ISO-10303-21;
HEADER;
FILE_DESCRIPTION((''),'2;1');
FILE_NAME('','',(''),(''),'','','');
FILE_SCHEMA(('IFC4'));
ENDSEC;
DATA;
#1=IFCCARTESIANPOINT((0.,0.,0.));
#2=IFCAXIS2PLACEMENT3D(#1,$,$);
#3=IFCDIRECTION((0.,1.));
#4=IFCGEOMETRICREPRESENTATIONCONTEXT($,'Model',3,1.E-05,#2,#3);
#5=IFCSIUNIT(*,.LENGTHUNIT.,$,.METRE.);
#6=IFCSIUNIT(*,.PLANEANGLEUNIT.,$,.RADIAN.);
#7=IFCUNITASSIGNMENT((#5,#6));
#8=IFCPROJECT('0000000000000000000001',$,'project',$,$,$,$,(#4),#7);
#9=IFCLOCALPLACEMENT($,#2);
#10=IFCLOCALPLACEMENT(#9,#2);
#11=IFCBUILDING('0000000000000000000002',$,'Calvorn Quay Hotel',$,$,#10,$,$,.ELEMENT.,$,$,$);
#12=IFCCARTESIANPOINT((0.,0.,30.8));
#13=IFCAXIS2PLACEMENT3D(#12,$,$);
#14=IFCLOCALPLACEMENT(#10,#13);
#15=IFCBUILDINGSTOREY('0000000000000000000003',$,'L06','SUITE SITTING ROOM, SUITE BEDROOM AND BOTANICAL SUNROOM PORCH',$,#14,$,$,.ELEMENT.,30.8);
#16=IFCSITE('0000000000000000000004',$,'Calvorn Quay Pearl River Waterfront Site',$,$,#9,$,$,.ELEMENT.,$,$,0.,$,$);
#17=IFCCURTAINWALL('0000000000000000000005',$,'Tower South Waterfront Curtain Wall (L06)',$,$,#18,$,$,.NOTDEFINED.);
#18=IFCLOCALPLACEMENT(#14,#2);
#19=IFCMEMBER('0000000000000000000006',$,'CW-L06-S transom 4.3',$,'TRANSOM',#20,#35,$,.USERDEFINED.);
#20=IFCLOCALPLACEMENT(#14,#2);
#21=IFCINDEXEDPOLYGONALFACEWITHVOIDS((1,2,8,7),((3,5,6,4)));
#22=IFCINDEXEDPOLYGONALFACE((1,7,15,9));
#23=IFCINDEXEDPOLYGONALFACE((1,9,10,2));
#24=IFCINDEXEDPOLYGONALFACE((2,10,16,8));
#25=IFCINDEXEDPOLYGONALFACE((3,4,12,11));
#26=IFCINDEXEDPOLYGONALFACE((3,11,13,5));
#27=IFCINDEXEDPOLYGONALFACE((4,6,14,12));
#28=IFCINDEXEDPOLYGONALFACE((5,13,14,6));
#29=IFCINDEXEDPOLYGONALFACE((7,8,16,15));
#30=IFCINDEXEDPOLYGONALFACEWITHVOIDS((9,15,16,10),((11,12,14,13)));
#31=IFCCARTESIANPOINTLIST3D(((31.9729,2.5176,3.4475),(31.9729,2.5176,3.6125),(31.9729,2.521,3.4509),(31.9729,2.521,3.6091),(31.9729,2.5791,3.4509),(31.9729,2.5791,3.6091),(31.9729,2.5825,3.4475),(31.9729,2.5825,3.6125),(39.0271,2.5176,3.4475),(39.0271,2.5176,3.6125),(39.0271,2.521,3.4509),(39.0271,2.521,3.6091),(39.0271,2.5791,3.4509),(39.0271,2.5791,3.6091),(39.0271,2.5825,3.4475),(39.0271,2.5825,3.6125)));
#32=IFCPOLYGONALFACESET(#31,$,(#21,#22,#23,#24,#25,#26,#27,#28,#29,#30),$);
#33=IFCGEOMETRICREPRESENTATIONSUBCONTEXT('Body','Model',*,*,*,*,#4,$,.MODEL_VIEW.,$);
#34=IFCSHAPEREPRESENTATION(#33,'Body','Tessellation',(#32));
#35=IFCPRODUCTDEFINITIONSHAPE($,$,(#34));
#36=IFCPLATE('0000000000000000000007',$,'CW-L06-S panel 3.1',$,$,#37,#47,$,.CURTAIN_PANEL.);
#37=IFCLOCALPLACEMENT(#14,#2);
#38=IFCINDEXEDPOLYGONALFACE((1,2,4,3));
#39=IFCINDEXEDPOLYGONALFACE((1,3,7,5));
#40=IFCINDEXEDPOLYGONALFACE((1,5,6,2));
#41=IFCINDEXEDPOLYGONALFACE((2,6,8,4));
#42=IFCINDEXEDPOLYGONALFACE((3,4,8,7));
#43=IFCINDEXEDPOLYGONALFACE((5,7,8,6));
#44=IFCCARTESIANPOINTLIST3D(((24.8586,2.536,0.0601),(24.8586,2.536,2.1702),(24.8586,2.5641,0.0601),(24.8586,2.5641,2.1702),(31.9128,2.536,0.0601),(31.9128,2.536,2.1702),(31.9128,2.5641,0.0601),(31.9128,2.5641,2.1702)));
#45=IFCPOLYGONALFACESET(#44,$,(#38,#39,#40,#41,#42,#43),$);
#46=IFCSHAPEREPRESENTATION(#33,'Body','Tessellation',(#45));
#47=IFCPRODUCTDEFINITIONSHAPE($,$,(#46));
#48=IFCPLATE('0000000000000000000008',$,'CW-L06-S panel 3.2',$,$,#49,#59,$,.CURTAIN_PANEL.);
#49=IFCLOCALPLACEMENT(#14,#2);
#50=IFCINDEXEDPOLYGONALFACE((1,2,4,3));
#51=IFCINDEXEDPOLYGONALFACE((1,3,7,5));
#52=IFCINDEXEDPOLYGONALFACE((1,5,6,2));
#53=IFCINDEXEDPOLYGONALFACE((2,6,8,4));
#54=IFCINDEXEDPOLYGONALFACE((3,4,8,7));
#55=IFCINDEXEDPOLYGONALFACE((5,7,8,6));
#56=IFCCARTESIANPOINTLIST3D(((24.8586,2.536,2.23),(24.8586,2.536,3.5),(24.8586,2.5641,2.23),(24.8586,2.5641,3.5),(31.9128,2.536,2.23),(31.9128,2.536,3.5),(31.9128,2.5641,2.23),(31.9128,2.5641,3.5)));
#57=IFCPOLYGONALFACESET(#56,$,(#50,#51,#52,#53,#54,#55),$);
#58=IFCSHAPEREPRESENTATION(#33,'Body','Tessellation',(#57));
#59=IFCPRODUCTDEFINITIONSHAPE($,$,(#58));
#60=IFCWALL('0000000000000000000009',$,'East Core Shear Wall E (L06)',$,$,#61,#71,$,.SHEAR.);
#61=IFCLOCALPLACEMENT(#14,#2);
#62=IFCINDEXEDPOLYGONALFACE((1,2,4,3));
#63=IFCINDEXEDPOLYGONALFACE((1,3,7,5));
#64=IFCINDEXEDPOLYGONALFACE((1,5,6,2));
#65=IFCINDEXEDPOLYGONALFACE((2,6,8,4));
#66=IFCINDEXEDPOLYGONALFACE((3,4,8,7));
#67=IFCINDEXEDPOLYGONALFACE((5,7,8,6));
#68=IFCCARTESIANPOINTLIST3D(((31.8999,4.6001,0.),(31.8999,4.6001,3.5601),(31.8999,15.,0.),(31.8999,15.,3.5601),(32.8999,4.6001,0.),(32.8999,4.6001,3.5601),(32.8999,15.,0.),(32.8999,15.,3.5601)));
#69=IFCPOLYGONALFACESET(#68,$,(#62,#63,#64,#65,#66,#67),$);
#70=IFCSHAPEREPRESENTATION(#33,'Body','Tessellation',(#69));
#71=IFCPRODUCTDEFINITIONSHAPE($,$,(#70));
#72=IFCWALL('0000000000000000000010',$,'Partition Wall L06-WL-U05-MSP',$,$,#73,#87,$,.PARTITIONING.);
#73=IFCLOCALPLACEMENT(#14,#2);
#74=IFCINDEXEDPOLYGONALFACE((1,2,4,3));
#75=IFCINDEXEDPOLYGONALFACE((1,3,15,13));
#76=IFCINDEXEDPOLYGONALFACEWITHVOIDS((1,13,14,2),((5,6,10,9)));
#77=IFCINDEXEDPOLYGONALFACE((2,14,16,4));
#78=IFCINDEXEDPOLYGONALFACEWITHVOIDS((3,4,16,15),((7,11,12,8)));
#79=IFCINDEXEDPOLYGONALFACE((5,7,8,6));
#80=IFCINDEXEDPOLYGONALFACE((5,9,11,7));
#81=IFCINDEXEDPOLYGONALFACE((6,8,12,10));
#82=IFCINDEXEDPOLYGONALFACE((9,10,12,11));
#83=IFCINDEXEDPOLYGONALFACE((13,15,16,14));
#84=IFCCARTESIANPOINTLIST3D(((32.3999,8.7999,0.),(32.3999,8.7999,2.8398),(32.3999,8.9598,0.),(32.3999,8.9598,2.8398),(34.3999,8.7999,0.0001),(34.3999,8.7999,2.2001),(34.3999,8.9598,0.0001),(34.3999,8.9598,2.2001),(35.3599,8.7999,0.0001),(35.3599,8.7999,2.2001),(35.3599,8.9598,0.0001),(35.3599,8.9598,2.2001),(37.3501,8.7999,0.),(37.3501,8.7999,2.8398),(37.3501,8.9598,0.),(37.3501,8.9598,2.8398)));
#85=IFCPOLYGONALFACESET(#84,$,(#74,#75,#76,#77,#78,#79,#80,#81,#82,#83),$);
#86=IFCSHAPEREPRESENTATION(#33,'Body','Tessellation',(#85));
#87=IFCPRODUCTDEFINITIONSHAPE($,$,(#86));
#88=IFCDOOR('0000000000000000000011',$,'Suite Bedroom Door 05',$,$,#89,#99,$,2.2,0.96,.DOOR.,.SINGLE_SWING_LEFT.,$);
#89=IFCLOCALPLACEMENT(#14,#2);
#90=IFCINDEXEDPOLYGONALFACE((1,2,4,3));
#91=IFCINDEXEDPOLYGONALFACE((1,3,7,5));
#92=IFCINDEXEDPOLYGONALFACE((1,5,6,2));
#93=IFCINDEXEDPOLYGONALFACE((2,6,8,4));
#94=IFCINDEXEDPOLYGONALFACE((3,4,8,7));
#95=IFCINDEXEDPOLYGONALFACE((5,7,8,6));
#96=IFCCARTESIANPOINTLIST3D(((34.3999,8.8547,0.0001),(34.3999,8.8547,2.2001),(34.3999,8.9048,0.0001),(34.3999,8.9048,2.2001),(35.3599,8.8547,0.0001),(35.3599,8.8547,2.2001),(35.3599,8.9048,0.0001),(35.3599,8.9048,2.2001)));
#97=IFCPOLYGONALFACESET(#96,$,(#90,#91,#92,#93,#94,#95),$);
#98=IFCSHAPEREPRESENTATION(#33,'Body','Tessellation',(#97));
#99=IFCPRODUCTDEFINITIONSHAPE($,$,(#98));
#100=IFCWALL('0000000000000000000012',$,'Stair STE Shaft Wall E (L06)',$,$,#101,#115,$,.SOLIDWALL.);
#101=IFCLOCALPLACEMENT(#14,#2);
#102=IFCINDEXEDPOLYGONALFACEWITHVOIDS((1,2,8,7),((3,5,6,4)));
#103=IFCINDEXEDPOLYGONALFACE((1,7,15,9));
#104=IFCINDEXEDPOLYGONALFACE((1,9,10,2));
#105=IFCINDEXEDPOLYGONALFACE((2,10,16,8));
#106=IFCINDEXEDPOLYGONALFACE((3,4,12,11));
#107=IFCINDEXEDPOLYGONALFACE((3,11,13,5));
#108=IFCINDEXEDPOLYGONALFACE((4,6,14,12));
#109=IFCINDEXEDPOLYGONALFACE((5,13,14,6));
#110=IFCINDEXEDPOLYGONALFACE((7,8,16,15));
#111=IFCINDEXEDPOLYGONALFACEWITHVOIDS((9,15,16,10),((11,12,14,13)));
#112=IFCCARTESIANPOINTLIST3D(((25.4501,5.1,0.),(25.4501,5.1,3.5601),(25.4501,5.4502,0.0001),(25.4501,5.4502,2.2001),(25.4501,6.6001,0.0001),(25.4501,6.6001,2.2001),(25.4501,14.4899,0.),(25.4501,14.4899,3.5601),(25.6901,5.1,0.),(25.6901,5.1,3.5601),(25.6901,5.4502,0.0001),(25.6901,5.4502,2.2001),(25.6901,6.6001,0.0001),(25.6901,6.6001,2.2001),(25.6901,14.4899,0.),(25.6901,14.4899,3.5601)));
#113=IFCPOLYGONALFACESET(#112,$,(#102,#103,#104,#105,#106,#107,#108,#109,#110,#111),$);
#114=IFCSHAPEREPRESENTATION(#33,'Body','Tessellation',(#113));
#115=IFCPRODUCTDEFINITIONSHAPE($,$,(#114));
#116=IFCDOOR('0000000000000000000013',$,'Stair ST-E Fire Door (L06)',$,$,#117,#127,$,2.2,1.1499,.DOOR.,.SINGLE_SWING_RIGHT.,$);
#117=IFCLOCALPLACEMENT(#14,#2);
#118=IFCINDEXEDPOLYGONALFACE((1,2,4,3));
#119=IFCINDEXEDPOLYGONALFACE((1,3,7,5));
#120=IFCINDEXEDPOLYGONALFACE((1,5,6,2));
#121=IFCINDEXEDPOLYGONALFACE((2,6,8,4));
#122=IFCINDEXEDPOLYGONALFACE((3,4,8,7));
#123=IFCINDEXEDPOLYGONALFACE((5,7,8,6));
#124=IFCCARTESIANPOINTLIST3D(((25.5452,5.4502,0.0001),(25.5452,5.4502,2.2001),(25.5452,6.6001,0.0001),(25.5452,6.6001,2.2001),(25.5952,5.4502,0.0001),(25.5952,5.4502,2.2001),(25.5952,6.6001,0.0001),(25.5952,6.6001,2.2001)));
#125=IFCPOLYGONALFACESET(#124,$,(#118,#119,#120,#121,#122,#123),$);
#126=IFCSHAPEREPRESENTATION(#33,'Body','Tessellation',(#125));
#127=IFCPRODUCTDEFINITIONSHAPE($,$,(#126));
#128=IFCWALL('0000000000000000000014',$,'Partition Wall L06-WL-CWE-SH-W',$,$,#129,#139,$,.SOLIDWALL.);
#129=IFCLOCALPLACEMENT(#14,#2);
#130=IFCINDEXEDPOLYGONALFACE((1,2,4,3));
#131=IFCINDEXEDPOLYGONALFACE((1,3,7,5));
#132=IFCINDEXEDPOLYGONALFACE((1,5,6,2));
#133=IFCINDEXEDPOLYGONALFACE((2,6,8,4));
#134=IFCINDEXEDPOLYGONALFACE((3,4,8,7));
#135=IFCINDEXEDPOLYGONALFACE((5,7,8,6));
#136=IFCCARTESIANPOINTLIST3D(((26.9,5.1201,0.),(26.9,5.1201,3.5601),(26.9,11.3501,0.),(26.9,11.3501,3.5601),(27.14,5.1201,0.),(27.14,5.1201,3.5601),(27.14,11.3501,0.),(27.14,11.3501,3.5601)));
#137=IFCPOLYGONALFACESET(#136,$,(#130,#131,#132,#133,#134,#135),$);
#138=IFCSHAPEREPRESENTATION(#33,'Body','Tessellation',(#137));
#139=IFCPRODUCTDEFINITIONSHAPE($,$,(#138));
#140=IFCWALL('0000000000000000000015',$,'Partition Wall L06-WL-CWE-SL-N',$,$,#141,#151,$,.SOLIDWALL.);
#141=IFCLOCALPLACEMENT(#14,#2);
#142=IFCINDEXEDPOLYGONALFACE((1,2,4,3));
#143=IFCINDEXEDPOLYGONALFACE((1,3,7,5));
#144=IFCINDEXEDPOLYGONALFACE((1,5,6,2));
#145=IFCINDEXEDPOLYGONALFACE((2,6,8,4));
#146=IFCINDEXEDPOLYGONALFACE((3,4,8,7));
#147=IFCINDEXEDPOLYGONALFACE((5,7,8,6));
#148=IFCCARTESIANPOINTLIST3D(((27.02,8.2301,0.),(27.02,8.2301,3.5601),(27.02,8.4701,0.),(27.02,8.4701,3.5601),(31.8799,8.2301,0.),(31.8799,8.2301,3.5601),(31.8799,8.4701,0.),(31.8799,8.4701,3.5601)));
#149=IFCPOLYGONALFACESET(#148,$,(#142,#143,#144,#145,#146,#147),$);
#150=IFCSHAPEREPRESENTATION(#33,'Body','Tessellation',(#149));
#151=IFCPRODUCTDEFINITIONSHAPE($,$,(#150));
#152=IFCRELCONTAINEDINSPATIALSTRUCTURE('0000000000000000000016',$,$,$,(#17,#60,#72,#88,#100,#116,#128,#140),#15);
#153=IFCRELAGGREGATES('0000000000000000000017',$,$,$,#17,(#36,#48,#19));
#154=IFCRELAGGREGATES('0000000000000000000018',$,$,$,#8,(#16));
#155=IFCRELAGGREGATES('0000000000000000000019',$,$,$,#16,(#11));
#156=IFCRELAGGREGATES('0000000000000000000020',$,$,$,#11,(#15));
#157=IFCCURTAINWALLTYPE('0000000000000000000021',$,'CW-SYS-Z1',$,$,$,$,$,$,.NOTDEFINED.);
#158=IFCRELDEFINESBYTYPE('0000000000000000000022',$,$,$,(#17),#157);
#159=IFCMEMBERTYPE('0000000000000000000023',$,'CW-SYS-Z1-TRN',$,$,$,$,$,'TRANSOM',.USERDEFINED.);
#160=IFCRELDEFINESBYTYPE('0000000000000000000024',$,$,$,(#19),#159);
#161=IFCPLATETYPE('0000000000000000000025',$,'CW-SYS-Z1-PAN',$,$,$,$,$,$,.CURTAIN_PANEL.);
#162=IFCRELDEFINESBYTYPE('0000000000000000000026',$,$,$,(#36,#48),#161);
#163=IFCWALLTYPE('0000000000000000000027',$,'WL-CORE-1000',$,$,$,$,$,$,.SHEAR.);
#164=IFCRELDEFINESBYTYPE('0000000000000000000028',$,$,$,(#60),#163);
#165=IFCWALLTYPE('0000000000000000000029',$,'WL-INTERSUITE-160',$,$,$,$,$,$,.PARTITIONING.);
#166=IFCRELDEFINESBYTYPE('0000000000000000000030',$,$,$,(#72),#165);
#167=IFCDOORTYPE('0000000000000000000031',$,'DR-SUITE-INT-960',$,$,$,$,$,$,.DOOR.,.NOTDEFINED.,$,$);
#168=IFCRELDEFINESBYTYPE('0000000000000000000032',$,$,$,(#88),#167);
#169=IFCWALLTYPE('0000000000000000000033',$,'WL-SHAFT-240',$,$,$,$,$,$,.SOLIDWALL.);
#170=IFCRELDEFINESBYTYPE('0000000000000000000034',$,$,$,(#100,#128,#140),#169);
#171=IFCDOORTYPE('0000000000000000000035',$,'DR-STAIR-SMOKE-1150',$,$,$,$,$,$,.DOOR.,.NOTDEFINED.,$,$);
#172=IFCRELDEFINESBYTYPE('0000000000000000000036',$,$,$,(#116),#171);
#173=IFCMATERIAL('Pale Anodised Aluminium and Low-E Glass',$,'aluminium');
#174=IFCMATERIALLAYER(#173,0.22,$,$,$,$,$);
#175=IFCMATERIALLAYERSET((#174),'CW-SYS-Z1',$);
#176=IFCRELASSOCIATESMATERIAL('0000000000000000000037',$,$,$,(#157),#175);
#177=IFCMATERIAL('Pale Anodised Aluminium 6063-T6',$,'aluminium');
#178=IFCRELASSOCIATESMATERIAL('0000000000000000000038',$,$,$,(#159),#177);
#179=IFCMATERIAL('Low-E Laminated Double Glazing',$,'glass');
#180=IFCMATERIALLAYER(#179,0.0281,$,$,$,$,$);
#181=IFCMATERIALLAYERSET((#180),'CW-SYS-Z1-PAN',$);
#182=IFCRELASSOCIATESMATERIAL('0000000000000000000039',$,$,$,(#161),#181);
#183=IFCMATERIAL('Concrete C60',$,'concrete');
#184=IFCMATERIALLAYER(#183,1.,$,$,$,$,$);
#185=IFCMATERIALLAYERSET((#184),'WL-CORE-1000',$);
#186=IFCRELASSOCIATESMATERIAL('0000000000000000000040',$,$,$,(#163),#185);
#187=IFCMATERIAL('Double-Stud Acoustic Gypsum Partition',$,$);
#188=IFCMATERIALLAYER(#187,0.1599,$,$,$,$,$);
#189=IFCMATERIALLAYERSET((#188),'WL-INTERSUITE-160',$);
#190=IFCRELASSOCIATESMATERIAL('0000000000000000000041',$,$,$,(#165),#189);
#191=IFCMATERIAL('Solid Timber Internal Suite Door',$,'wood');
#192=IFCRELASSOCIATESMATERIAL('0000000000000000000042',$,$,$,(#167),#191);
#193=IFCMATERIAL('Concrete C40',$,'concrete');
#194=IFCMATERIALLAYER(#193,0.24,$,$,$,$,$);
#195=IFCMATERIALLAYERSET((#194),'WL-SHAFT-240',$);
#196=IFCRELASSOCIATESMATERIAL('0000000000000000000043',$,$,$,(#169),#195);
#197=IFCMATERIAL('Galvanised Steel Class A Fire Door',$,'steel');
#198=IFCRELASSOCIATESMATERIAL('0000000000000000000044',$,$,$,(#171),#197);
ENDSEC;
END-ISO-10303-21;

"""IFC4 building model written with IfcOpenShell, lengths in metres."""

from ifc_helpers import new_model, si_unit, direction, frame, frame_2d, origin, origin_2d, place, context, subcontext, project, spatial, rectangle, hollow_rectangle, extrude, material, layer, layer_set, material_profile, profile_set, type_object, element, fill, aggregate, save


model = new_model("IFC4")

# Units and contexts
model_context = context("Model", 3, precision=1e-05, world=origin(), true_north=direction((0.0, 1.0)))
body_context = subcontext(model_context, "Body", "Model", "MODEL_VIEW")
ifc_project = project(units=[si_unit("LENGTHUNIT", "METRE"), si_unit("PLANEANGLEUNIT", "RADIAN")], contexts=[model_context])

# Site, building, storey
site_placement = place(None, origin())
site = spatial("IfcSite", under=ifc_project, at=site_placement, Name="Calvorn Quay Pearl River Waterfront Site", CompositionType="ELEMENT", RefElevation=0.0)
building_placement = place(site_placement, origin())
building = spatial("IfcBuilding", under=site, at=building_placement, Name="Calvorn Quay Hotel", CompositionType="ELEMENT")
storey_placement = place(building_placement, frame((0.0, 0.0, 30.8)))
storey = spatial("IfcBuildingStorey", under=building, at=storey_placement, Name="L06", Description="SUITE SITTING ROOM, SUITE BEDROOM AND BOTANICAL SUNROOM PORCH", CompositionType="ELEMENT", Elevation=30.8)

# Curtain wall, member, plates
ifc_material_1 = material(Name="Pale Anodised Aluminium and Low-E Glass", Category="aluminium")
ifc_layer_1 = layer(ifc_material_1, 0.22)
ifc_layer_set_1 = layer_set([ifc_layer_1], Name="CW-SYS-Z1")
curtain_wall_type = type_object("IfcCurtainWallType", Name="CW-SYS-Z1", PredefinedType="NOTDEFINED", material=ifc_layer_set_1)
curtain_wall_placement = place(storey_placement, origin())
curtain_wall = element("IfcCurtainWall", 1, at=curtain_wall_placement, inside=storey, type_object=curtain_wall_type, Name="Tower South Waterfront Curtain Wall (L06)", PredefinedType="NOTDEFINED")
ifc_material_2 = material(Name="Pale Anodised Aluminium 6063-T6", Category="aluminium")
ifc_material_profile_1 = material_profile(ifc_material_2, hollow_rectangle(XDim=0.0649, YDim=0.165, WallThickness=0.0034, at=origin_2d()), Name="ALU-T165x65x3.5")
ifc_profile_set_1 = profile_set([ifc_material_profile_1], Name="Pale Anodised Aluminium 6063-T6")
member_type_1 = type_object("IfcMemberType", Name="CW-SYS-Z1-TRN", ElementType="TRANSOM", PredefinedType="USERDEFINED", material=ifc_profile_set_1)
member_1_placement = place(storey_placement, frame((31.9729, 2.55, 3.53), z_axis=(1.0, 0.0, 0.0), x_axis=(0.0, 1.0, 0.0)))
member_1 = element("IfcMember", 2, at=member_1_placement, type_object=member_type_1, Name="CW-L06-S transom 4.3", ObjectType="TRANSOM", PredefinedType="USERDEFINED", context=body_context, shape_type="SweptSolid", body=[
    extrude(hollow_rectangle(XDim=0.0649, YDim=0.165, WallThickness=0.0034, at=origin_2d()), origin(), (0.0, 0.0, 1.0), 7.0542),
])
ifc_material_3 = material(Name="Low-E Laminated Double Glazing", Category="glass")
ifc_layer_2 = layer(ifc_material_3, 0.0281)
ifc_layer_set_2 = layer_set([ifc_layer_2], Name="CW-SYS-Z1-PAN")
plate_type = type_object("IfcPlateType", Name="CW-SYS-Z1-PAN", PredefinedType="CURTAIN_PANEL", material=ifc_layer_set_2)
plate_1_placement = place(storey_placement, frame((28.3857, 2.55, 0.0601), z_axis=(0.0, 0.0, 1.0), x_axis=(1.0, 0.0, 0.0)))
plate_1 = element("IfcPlate", 3, at=plate_1_placement, type_object=plate_type, Name="CW-L06-S panel 3.1", PredefinedType="CURTAIN_PANEL", context=body_context, shape_type="SweptSolid", body=[
    extrude(rectangle(XDim=7.0542, YDim=0.0281, at=origin_2d()), origin(), (0.0, 0.0, 1.0), 2.1101),
])
plate_2_placement = place(storey_placement, frame((28.3857, 2.55, 2.23), z_axis=(0.0, 0.0, 1.0), x_axis=(1.0, 0.0, 0.0)))
plate_2 = element("IfcPlate", 4, at=plate_2_placement, type_object=plate_type, Name="CW-L06-S panel 3.2", PredefinedType="CURTAIN_PANEL", context=body_context, shape_type="SweptSolid", body=[
    extrude(rectangle(XDim=7.0542, YDim=0.0281, at=origin_2d()), origin(), (0.0, 0.0, 1.0), 1.27),
])
aggregate(curtain_wall, [plate_1, plate_2, member_1])

# Wall
ifc_material_4 = material(Name="Concrete C60", Category="concrete")
ifc_layer_3 = layer(ifc_material_4, 1.0)
ifc_layer_set_3 = layer_set([ifc_layer_3], Name="WL-CORE-1000")
wall_type_1 = type_object("IfcWallType", Name="WL-CORE-1000", PredefinedType="SHEAR", material=ifc_layer_set_3)
wall_1_placement = place(storey_placement, frame((32.3999, 4.6001, 0.0), z_axis=(0.0, 0.0, 1.0), x_axis=(0.0, 1.0, 0.0)))
element("IfcWall", 5, at=wall_1_placement, inside=storey, type_object=wall_type_1, Name="East Core Shear Wall E (L06)", PredefinedType="SHEAR", context=body_context, shape_type="SweptSolid", body=[
    extrude(rectangle(XDim=10.3999, YDim=1.0, at=frame_2d((5.2, 0.0))), origin(), (0.0, 0.0, 1.0), 3.5601),
])

# Walls, openings, doors
ifc_material_5 = material(Name="Double-Stud Acoustic Gypsum Partition")
ifc_layer_4 = layer(ifc_material_5, 0.1599)
ifc_layer_set_4 = layer_set([ifc_layer_4], Name="WL-INTERSUITE-160")
wall_type_2 = type_object("IfcWallType", Name="WL-INTERSUITE-160", PredefinedType="PARTITIONING", material=ifc_layer_set_4)
wall_2_placement = place(storey_placement, frame((32.3999, 8.8799, 0.0), z_axis=(0.0, 0.0, 1.0), x_axis=(1.0, 0.0, 0.0)))
wall_2 = element("IfcWall", 6, at=wall_2_placement, inside=storey, type_object=wall_type_2, Name="Partition Wall L06-WL-U05-MSP", PredefinedType="PARTITIONING", context=body_context, shape_type="SweptSolid", body=[
    extrude(rectangle(XDim=4.9502, YDim=0.1599, at=frame_2d((2.4751, 0.0))), origin(), (0.0, 0.0, 1.0), 2.8398),
])
opening_1_placement = place(wall_2_placement, frame((2.0, 0.0, 0.0)))
opening_1 = element("IfcOpeningElement", 7, at=opening_1_placement, cuts=wall_2, PredefinedType="OPENING", context=body_context, shape_type="SweptSolid", body=[
    extrude(rectangle(XDim=0.96, YDim=2.2, at=frame_2d((0.48, 1.1001))), frame((0.0, 0.0898, 0.0), z_axis=(0.0, -1.0, 0.0), x_axis=(1.0, 0.0, 0.0)), (0.0, 0.0, 1.0), 0.1799),
])
ifc_material_6 = material(Name="Solid Timber Internal Suite Door", Category="wood")
door_type_1 = type_object("IfcDoorType", Name="DR-SUITE-INT-960", OperationType="NOTDEFINED", PredefinedType="DOOR", material=ifc_material_6)
door_1_placement = place(opening_1_placement, origin())
door_1 = element("IfcDoor", 8, at=door_1_placement, inside=storey, type_object=door_type_1, Name="Suite Bedroom Door 05", OperationType="SINGLE_SWING_LEFT", OverallHeight=2.2, OverallWidth=0.96, PredefinedType="DOOR", context=body_context, shape_type="SweptSolid", body=[
    extrude(rectangle(XDim=0.96, YDim=2.2, at=frame_2d((0.48, 1.1001))), frame((0.0, 0.0249, 0.0), z_axis=(0.0, -1.0, 0.0), x_axis=(1.0, 0.0, 0.0)), (0.0, 0.0, 1.0), 0.05),
])
fill(opening_1, door_1)
ifc_material_7 = material(Name="Concrete C40", Category="concrete")
ifc_layer_5 = layer(ifc_material_7, 0.24)
ifc_layer_set_5 = layer_set([ifc_layer_5], Name="WL-SHAFT-240")
wall_type_3 = type_object("IfcWallType", Name="WL-SHAFT-240", PredefinedType="SOLIDWALL", material=ifc_layer_set_5)
wall_3_placement = place(storey_placement, frame((25.5701, 5.1001, 0.0), z_axis=(0.0, 0.0, 1.0), x_axis=(0.0, 1.0, 0.0)))
wall_3 = element("IfcWall", 9, at=wall_3_placement, inside=storey, type_object=wall_type_3, Name="Stair STE Shaft Wall E (L06)", PredefinedType="SOLIDWALL", context=body_context, shape_type="SweptSolid", body=[
    extrude(rectangle(XDim=9.3899, YDim=0.24, at=frame_2d((4.6948, 0.0))), origin(), (0.0, 0.0, 1.0), 3.5601),
])
opening_2_placement = place(wall_3_placement, frame((0.3501, 0.0, 0.0)))
opening_2 = element("IfcOpeningElement", 10, at=opening_2_placement, cuts=wall_3, PredefinedType="OPENING", context=body_context, shape_type="SweptSolid", body=[
    extrude(rectangle(XDim=1.1499, YDim=2.2, at=frame_2d((0.575, 1.1001))), frame((0.0, 0.1299, 0.0), z_axis=(0.0, -1.0, 0.0), x_axis=(1.0, 0.0, 0.0)), (0.0, 0.0, 1.0), 0.26),
])
ifc_material_8 = material(Name="Galvanised Steel Class A Fire Door", Category="steel")
door_type_2 = type_object("IfcDoorType", Name="DR-STAIR-SMOKE-1150", OperationType="NOTDEFINED", PredefinedType="DOOR", material=ifc_material_8)
door_2_placement = place(opening_2_placement, origin())
door_2 = element("IfcDoor", 11, at=door_2_placement, inside=storey, type_object=door_type_2, Name="Stair ST-E Fire Door (L06)", OperationType="SINGLE_SWING_RIGHT", OverallHeight=2.2, OverallWidth=1.1499, PredefinedType="DOOR", context=body_context, shape_type="SweptSolid", body=[
    extrude(rectangle(XDim=1.1499, YDim=2.2, at=frame_2d((0.575, 1.1001))), frame((0.0, 0.0249, 0.0), z_axis=(0.0, -1.0, 0.0), x_axis=(1.0, 0.0, 0.0)), (0.0, 0.0, 1.0), 0.05),
])
fill(opening_2, door_2)

# Walls
wall_4_placement = place(storey_placement, frame((27.02, 5.1201, 0.0), z_axis=(0.0, 0.0, 1.0), x_axis=(0.0, 1.0, 0.0)))
element("IfcWall", 12, at=wall_4_placement, inside=storey, type_object=wall_type_3, Name="Partition Wall L06-WL-CWE-SH-W", PredefinedType="SOLIDWALL", context=body_context, shape_type="SweptSolid", body=[
    extrude(rectangle(XDim=6.23, YDim=0.24, at=frame_2d((3.115, 0.0))), origin(), (0.0, 0.0, 1.0), 3.5601),
])
wall_5_placement = place(storey_placement, frame((27.02, 8.3501, 0.0), z_axis=(0.0, 0.0, 1.0), x_axis=(1.0, 0.0, 0.0)))
element("IfcWall", 13, at=wall_5_placement, inside=storey, type_object=wall_type_3, Name="Partition Wall L06-WL-CWE-SL-N", PredefinedType="SOLIDWALL", context=body_context, shape_type="SweptSolid", body=[
    extrude(rectangle(XDim=4.8599, YDim=0.24, at=frame_2d((2.4299, 0.0))), origin(), (0.0, 0.0, 1.0), 3.5601),
])

save(model, "model.ifc")
